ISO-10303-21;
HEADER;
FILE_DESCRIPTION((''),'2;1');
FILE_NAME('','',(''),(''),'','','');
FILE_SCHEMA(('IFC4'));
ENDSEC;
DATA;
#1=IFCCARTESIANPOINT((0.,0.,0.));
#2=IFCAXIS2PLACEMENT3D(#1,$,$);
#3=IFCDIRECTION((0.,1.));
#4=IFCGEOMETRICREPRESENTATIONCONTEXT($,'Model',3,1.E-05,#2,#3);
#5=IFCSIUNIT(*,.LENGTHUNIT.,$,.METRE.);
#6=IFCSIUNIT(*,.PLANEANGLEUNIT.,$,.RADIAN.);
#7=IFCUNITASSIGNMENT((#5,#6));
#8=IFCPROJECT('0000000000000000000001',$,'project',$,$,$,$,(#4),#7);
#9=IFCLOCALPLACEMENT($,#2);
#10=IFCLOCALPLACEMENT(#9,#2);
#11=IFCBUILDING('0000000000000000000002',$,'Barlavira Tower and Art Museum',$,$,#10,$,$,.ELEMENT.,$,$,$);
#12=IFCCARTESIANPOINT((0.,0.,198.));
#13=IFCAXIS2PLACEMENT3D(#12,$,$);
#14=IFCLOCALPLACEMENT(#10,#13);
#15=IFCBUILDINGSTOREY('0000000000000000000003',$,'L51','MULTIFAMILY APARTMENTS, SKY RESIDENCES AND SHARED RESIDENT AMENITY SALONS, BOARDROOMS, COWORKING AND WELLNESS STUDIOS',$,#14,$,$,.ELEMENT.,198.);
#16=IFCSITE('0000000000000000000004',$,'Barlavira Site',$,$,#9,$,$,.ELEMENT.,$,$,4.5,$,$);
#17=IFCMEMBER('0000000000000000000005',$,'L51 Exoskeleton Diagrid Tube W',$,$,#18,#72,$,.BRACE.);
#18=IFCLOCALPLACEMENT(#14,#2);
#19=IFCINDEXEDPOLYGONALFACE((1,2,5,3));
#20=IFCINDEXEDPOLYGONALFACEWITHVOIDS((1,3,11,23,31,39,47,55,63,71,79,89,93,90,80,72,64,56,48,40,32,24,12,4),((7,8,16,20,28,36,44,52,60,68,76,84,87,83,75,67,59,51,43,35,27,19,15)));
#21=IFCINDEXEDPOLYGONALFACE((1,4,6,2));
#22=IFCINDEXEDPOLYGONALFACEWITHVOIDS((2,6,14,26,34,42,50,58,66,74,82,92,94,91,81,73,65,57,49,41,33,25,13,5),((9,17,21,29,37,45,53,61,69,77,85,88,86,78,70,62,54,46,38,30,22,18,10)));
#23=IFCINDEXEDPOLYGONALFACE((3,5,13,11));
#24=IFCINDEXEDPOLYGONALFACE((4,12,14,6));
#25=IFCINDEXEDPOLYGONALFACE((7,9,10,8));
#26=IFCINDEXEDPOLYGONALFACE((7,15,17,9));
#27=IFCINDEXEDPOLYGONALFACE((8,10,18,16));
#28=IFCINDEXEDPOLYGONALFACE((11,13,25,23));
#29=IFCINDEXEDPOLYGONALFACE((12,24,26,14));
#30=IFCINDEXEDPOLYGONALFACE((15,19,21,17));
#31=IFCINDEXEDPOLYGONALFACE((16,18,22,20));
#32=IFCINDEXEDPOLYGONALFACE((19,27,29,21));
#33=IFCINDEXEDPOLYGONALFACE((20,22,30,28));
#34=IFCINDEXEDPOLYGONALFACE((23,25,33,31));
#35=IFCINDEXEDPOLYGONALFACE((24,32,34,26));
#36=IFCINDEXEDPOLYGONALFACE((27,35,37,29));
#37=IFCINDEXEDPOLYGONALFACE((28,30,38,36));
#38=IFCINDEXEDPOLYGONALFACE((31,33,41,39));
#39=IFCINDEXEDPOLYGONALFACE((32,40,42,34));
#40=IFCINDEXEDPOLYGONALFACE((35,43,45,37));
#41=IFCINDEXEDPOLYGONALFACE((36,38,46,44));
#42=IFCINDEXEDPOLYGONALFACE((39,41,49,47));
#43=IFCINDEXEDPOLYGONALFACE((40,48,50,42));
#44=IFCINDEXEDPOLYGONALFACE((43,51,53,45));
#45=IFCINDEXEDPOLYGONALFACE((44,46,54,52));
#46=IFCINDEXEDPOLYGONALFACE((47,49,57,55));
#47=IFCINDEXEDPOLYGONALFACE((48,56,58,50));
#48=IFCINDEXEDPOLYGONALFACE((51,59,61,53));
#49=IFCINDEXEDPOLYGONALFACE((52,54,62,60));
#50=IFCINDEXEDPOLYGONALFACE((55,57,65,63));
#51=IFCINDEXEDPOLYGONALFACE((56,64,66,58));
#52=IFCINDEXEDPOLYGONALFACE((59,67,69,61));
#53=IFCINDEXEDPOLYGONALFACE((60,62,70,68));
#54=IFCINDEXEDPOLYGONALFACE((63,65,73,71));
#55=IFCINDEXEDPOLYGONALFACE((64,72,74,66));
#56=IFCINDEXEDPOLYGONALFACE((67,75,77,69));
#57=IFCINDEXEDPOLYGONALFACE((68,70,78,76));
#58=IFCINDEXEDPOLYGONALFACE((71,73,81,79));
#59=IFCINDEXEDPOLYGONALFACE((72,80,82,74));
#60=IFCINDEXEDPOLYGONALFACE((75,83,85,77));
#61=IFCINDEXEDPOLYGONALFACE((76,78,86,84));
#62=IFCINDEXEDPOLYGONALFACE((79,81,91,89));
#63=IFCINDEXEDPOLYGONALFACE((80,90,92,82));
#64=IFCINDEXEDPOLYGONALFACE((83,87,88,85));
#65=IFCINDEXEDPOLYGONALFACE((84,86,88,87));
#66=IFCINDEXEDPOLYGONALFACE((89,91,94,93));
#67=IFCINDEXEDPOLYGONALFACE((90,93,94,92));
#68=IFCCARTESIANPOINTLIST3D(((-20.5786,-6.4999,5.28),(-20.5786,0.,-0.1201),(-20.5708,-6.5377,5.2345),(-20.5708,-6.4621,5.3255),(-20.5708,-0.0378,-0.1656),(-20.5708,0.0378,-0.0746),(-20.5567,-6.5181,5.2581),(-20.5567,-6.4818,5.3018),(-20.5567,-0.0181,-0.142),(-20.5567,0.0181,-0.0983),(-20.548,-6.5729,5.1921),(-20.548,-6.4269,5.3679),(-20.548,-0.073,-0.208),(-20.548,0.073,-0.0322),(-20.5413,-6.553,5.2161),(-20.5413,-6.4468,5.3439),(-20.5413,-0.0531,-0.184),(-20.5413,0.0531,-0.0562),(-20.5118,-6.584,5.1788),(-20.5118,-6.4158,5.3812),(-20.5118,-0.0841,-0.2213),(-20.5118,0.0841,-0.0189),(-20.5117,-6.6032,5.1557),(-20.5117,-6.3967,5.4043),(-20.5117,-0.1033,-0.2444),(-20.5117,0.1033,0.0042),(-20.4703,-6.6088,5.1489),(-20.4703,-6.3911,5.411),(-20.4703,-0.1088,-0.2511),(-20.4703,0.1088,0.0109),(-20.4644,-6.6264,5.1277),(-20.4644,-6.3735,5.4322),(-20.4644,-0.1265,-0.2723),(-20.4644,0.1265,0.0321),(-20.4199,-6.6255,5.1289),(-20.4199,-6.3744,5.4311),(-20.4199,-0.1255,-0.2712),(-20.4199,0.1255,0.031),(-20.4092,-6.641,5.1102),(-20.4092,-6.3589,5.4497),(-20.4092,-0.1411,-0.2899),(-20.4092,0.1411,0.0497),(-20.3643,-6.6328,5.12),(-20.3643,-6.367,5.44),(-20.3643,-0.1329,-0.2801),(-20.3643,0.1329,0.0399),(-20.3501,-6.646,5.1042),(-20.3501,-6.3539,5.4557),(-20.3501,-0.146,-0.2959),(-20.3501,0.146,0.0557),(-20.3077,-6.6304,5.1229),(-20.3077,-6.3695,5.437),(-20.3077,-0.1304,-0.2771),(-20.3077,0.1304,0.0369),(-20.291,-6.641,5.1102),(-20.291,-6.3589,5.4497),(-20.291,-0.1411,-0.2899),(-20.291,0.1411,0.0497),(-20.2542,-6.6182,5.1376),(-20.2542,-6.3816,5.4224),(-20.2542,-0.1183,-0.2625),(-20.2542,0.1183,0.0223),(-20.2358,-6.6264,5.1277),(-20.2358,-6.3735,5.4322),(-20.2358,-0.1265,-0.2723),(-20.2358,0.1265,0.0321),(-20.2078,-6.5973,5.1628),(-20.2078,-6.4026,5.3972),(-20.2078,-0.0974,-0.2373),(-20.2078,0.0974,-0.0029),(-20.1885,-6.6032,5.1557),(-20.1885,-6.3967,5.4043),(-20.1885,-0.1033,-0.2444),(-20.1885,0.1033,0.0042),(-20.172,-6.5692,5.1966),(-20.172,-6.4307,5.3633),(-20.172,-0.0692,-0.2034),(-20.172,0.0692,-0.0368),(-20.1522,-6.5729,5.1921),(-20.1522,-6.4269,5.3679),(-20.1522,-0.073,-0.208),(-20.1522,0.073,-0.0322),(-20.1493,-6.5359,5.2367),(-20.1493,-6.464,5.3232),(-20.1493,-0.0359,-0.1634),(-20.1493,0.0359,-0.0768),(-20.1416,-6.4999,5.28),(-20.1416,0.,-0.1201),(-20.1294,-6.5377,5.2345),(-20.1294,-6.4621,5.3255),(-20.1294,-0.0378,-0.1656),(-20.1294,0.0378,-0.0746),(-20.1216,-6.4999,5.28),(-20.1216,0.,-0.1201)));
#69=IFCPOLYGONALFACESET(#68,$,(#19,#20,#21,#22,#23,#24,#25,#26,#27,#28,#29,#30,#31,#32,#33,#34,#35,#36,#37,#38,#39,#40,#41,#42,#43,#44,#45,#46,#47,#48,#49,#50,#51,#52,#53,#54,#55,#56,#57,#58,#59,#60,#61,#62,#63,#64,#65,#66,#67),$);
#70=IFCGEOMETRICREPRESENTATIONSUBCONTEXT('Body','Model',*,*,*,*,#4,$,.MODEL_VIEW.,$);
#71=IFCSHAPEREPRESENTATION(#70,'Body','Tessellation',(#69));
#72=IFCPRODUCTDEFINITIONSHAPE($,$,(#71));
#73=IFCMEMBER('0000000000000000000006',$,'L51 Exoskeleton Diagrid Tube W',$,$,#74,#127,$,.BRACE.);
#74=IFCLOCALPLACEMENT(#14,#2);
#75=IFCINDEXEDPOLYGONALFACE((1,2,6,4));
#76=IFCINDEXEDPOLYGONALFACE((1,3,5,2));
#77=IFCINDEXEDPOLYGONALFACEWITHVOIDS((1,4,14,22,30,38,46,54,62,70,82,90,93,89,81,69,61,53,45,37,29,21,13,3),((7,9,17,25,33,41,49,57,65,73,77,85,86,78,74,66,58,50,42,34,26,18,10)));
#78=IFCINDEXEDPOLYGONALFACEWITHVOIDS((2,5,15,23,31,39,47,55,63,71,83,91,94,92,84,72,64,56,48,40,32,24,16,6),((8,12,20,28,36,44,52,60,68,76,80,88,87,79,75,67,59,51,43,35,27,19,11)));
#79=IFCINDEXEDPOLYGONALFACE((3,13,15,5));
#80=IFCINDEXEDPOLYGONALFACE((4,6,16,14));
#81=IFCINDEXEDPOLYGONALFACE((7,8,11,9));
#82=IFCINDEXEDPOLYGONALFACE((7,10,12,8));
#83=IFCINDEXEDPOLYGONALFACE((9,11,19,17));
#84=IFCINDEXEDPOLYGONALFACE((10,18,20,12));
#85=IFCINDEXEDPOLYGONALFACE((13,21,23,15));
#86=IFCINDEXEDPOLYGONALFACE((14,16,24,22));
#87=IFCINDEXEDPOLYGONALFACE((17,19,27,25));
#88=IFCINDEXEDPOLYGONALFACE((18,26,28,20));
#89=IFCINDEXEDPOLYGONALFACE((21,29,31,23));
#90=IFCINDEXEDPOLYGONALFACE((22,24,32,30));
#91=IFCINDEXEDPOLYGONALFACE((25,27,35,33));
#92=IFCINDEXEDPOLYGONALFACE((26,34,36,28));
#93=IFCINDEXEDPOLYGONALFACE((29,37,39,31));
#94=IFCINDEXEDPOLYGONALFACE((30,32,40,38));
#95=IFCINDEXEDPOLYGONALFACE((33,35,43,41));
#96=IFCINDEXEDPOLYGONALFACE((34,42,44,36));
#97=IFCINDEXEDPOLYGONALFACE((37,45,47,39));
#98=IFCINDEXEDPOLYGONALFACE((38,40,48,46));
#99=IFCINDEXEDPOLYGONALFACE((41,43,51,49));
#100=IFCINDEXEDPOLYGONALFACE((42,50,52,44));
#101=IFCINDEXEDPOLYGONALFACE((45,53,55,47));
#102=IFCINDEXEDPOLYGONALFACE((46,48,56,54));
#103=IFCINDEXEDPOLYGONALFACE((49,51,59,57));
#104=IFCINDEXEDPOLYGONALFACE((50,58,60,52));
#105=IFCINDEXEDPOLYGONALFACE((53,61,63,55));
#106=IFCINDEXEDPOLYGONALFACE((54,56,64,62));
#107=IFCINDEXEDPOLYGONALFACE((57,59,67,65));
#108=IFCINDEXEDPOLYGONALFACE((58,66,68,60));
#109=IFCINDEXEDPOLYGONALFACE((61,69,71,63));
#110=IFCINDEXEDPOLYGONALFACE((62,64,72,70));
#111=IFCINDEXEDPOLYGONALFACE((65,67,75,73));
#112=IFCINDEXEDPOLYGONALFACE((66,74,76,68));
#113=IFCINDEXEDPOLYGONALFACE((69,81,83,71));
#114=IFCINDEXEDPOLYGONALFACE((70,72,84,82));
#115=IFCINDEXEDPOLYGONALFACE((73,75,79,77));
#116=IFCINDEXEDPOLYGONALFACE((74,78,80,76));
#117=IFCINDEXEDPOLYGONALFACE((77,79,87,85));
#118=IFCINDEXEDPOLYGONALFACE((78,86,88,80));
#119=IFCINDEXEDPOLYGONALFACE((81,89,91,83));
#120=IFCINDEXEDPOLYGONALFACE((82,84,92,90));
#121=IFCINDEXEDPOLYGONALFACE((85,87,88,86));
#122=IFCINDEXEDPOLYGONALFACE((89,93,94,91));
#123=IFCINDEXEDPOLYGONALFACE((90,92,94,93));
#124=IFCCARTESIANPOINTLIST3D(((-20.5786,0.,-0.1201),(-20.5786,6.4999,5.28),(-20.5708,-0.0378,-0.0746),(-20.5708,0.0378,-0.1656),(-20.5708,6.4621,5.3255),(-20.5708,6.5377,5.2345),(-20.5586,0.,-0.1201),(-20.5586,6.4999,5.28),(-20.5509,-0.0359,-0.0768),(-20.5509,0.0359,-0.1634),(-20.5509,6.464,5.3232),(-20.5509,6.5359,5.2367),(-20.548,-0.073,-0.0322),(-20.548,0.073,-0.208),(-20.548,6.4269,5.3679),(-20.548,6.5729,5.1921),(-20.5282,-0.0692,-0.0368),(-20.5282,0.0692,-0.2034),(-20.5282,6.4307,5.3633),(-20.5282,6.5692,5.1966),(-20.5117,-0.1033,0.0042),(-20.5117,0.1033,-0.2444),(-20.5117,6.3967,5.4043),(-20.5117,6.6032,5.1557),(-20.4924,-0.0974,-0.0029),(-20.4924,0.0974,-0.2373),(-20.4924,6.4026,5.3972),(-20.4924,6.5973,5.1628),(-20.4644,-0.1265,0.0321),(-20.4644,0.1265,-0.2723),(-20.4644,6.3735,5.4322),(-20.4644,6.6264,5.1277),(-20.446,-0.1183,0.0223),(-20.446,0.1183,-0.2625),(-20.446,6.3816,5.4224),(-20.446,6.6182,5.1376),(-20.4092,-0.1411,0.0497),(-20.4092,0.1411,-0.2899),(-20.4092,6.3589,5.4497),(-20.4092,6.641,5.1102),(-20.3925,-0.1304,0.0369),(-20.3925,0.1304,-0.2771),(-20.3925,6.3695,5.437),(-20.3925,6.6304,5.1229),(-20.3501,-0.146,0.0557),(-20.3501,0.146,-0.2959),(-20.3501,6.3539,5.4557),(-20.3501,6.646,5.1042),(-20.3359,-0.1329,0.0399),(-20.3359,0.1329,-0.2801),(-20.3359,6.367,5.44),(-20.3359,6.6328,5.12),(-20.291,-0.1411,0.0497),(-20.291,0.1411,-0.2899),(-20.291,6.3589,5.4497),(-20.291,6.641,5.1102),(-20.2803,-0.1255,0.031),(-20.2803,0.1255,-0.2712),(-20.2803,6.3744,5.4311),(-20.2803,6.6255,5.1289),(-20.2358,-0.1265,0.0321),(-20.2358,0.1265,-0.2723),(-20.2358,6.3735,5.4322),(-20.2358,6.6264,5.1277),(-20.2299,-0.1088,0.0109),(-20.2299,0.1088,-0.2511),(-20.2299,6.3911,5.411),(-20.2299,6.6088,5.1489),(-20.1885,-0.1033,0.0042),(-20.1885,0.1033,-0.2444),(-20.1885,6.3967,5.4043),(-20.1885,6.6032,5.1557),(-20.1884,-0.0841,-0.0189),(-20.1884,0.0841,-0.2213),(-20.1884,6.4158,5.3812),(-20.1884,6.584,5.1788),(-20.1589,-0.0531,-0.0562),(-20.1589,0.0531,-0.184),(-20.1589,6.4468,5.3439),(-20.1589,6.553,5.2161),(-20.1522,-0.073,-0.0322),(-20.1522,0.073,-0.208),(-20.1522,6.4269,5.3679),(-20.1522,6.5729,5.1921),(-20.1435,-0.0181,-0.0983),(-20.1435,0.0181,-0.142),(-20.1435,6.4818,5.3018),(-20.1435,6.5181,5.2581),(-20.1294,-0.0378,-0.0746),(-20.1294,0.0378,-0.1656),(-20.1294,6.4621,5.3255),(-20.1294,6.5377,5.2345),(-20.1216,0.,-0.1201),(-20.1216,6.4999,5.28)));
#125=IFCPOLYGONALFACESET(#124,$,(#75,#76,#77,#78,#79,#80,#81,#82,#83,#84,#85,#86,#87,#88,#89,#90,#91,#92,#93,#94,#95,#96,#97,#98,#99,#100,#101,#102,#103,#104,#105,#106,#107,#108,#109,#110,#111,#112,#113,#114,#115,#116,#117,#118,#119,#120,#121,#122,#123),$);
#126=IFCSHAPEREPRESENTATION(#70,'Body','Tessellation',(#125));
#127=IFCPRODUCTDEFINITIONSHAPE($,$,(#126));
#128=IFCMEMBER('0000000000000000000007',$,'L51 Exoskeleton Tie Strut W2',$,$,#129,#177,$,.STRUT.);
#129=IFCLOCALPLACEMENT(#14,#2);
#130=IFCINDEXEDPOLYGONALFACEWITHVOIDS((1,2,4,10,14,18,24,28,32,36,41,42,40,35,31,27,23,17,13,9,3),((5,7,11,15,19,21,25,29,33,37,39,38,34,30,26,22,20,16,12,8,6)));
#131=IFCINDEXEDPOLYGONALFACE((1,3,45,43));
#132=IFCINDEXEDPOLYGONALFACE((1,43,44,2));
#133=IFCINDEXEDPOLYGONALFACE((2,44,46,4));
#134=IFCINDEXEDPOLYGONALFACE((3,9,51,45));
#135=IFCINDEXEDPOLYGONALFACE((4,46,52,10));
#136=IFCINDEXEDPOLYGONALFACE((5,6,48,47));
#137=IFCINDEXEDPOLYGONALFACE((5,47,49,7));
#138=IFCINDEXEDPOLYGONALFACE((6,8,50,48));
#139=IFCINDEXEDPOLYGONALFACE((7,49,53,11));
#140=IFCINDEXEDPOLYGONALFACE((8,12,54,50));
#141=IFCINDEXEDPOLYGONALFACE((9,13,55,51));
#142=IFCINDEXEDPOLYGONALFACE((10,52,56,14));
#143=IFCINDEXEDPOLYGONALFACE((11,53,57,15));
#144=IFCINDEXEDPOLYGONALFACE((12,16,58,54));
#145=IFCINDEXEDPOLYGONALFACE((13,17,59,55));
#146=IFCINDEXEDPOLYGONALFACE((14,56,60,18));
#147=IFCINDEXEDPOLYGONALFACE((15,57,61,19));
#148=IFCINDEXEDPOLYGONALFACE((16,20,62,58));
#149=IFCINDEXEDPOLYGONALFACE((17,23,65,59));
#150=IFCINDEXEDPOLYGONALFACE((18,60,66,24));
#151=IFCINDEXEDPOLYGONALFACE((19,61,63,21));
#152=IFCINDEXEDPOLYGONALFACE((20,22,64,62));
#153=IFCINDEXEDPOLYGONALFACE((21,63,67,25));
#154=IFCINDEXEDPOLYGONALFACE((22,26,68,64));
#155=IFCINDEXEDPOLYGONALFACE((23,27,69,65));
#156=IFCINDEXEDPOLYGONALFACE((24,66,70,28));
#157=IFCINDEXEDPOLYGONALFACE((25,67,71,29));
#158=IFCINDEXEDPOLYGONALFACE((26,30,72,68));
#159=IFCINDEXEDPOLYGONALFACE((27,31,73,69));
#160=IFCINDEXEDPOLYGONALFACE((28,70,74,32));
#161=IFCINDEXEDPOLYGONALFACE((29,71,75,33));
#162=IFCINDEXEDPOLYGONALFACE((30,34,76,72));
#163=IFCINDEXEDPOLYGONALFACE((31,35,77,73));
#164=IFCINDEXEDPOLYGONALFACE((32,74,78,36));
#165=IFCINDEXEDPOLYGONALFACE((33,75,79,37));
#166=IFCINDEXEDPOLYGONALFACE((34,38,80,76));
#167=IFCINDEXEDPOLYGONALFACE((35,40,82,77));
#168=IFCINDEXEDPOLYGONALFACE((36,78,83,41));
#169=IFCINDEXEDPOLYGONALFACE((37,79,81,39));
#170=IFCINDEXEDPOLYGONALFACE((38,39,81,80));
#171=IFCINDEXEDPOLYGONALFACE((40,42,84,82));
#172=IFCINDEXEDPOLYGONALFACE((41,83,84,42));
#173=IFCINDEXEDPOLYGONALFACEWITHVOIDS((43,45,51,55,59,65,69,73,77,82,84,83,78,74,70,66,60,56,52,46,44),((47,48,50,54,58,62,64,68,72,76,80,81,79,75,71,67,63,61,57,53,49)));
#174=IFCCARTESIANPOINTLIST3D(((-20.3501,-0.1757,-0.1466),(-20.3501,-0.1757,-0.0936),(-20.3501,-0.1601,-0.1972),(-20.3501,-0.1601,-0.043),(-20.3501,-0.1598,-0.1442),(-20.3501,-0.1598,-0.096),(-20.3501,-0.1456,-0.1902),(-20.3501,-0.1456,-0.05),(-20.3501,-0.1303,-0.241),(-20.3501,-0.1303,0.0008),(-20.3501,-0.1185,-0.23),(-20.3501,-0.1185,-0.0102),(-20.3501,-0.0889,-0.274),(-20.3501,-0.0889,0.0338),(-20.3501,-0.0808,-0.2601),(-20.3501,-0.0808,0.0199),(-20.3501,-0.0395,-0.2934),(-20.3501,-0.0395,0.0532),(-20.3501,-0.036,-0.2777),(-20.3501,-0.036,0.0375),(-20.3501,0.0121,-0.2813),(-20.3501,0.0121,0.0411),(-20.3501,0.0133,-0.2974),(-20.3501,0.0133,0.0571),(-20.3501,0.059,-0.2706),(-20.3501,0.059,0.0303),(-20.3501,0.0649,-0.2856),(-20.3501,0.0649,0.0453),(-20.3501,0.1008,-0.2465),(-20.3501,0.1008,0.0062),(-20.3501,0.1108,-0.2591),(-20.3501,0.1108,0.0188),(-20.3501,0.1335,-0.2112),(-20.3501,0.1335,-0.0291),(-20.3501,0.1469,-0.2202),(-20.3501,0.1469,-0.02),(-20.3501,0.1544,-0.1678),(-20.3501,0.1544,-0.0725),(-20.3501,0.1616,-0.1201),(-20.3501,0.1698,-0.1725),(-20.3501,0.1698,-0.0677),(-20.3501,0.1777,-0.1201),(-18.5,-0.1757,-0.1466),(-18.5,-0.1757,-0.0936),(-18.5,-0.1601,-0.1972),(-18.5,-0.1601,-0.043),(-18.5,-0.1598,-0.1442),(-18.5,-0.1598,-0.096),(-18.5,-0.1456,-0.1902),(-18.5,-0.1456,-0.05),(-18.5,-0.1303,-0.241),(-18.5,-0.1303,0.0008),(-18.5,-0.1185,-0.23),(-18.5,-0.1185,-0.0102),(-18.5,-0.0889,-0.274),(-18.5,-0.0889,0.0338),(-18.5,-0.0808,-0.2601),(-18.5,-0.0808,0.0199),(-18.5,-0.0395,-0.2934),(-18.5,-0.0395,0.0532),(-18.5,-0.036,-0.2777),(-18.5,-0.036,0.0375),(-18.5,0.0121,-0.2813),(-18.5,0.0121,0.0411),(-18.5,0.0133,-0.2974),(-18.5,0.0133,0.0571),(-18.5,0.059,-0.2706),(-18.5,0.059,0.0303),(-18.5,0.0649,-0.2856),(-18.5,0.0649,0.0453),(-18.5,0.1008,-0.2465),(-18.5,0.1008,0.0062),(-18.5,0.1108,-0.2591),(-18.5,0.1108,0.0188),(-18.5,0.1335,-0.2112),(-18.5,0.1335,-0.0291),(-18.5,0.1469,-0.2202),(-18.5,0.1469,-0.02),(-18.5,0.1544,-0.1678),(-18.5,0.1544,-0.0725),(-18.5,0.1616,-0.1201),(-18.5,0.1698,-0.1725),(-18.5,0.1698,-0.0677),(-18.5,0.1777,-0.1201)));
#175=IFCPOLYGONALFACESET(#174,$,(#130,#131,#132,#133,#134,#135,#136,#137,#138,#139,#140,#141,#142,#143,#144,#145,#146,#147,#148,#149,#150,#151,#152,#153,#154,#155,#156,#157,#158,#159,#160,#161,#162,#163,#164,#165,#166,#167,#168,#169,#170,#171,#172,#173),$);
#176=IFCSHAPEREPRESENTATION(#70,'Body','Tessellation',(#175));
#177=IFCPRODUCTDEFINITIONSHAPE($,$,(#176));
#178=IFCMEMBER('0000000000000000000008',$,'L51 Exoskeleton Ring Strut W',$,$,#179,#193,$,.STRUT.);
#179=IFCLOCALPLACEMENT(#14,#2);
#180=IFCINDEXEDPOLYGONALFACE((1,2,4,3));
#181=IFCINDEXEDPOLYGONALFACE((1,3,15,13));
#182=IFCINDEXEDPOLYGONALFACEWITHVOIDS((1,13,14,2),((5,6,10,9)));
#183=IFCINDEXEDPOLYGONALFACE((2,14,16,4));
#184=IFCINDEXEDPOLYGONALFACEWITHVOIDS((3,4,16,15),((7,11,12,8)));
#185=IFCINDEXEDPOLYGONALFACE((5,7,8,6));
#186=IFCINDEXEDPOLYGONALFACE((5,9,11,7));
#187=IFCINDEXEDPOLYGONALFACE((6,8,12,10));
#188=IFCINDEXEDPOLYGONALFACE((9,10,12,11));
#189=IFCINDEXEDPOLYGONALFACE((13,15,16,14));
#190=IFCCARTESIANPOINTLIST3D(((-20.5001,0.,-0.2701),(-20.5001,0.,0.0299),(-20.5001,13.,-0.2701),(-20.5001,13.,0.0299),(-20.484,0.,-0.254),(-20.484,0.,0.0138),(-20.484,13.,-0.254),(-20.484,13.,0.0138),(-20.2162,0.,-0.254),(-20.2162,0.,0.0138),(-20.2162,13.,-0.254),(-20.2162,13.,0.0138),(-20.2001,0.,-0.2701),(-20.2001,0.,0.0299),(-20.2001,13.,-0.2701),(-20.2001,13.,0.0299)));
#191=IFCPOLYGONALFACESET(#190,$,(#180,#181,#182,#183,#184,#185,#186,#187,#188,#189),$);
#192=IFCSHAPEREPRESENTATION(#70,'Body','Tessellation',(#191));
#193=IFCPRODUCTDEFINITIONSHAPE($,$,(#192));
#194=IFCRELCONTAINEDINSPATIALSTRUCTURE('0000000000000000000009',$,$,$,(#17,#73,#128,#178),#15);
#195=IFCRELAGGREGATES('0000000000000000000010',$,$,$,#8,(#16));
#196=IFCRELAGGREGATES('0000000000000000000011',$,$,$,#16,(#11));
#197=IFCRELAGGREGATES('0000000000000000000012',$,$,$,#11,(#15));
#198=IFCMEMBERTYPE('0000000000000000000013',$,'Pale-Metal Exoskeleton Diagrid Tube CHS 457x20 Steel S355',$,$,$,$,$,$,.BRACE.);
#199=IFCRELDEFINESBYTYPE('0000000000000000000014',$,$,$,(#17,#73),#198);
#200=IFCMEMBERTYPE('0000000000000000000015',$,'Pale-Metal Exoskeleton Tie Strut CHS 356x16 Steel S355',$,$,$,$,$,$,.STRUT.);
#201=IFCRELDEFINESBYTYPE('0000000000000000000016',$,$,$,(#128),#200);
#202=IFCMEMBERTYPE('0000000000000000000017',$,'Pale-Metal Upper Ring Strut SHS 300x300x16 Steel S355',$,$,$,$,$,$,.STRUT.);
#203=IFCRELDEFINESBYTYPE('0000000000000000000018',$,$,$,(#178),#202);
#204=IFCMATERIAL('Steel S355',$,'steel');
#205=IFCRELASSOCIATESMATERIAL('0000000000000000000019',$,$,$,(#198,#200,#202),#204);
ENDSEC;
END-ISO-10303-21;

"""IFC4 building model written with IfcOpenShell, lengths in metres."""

from ifc_helpers import new_model, si_unit, direction, frame, origin, origin_2d, place, context, subcontext, project, spatial, hollow_rectangle, hollow_circle, extrude, material, material_profile, profile_set, type_object, element, save


model = new_model("IFC4")

# Units and contexts
model_context = context("Model", 3, precision=1e-05, world=origin(), true_north=direction((0.0, 1.0)))
body_context = subcontext(model_context, "Body", "Model", "MODEL_VIEW")
ifc_project = project(units=[si_unit("LENGTHUNIT", "METRE"), si_unit("PLANEANGLEUNIT", "RADIAN")], contexts=[model_context])

# Site, building, storey
site_placement = place(None, origin())
site = spatial("IfcSite", under=ifc_project, at=site_placement, Name="Barlavira Site", CompositionType="ELEMENT", RefElevation=4.5)
building_placement = place(site_placement, origin())
building = spatial("IfcBuilding", under=site, at=building_placement, Name="Barlavira Tower and Art Museum", CompositionType="ELEMENT")
storey_placement = place(building_placement, frame((0.0, 0.0, 198.0)))
storey = spatial("IfcBuildingStorey", under=building, at=storey_placement, Name="L51", Description="MULTIFAMILY APARTMENTS, SKY RESIDENCES AND SHARED RESIDENT AMENITY SALONS, BOARDROOMS, COWORKING AND WELLNESS STUDIOS", CompositionType="ELEMENT", Elevation=198.0)

# Members
ifc_material_1 = material(Name="Steel S355", Category="steel")
ifc_material_profile_1 = material_profile(ifc_material_1, hollow_circle(Radius=0.2285, WallThickness=0.02, at=origin_2d()), Name="CHS 457.0x20.0")
ifc_profile_set_1 = profile_set([ifc_material_profile_1], Name="Steel S355")
member_type_1 = type_object("IfcMemberType", Name="Pale-Metal Exoskeleton Diagrid Tube CHS 457x20 Steel S355", PredefinedType="BRACE", material=ifc_profile_set_1)
for number, where, z_axis, x_axis, name in (
    (1, (-20.3501, 0.0, -0.1201), (0.0, -0.769182, 0.63903), (1.0, 0.0, 0.0), "L51 Exoskeleton Diagrid Tube W"),
    (2, (-20.3501, 0.0, -0.1201), (0.0, 0.769182, 0.63903), (-1.0, 0.0, 0.0), "L51 Exoskeleton Diagrid Tube W"),
):
    element("IfcMember", number, at=place(storey_placement, frame(where, z_axis=z_axis, x_axis=x_axis)), inside=storey, type_object=member_type_1, Name=name, PredefinedType="BRACE", context=body_context, shape_type="SweptSolid", body=[
        extrude(hollow_circle(Radius=0.2285, WallThickness=0.02, at=origin_2d()), origin(), (0.0, 0.0, 1.0), 8.4504),
    ])
ifc_material_profile_2 = material_profile(ifc_material_1, hollow_circle(Radius=0.1777, WallThickness=0.0161, at=origin_2d()), Name="CHS 355.6x16.0")
ifc_profile_set_2 = profile_set([ifc_material_profile_2], Name="Steel S355")
member_type_2 = type_object("IfcMemberType", Name="Pale-Metal Exoskeleton Tie Strut CHS 356x16 Steel S355", PredefinedType="STRUT", material=ifc_profile_set_2)
member_1_placement = place(storey_placement, frame((-20.3501, 0.0, -0.1201), z_axis=(1.0, 0.0, 0.0), x_axis=(0.0, 1.0, 0.0)))
element("IfcMember", 3, at=member_1_placement, inside=storey, type_object=member_type_2, Name="L51 Exoskeleton Tie Strut W2", PredefinedType="STRUT", context=body_context, shape_type="SweptSolid", body=[
    extrude(hollow_circle(Radius=0.1777, WallThickness=0.0161, at=origin_2d()), origin(), (0.0, 0.0, 1.0), 1.8501),
])
ifc_material_profile_3 = material_profile(ifc_material_1, hollow_rectangle(XDim=0.3, YDim=0.3, WallThickness=0.0161, at=origin_2d()), Name="SHS 300x300x16.0")
ifc_profile_set_3 = profile_set([ifc_material_profile_3], Name="Steel S355")
member_type_3 = type_object("IfcMemberType", Name="Pale-Metal Upper Ring Strut SHS 300x300x16 Steel S355", PredefinedType="STRUT", material=ifc_profile_set_3)
member_2_placement = place(storey_placement, frame((-20.3501, 0.0, -0.1201), z_axis=(0.0, 1.0, 0.0), x_axis=(-1.0, 0.0, 0.0)))
element("IfcMember", 4, at=member_2_placement, inside=storey, type_object=member_type_3, Name="L51 Exoskeleton Ring Strut W", PredefinedType="STRUT", context=body_context, shape_type="SweptSolid", body=[
    extrude(hollow_rectangle(XDim=0.3, YDim=0.3, WallThickness=0.0161, at=origin_2d()), origin(), (0.0, 0.0, 1.0), 13.0),
])

save(model, "model.ifc")
